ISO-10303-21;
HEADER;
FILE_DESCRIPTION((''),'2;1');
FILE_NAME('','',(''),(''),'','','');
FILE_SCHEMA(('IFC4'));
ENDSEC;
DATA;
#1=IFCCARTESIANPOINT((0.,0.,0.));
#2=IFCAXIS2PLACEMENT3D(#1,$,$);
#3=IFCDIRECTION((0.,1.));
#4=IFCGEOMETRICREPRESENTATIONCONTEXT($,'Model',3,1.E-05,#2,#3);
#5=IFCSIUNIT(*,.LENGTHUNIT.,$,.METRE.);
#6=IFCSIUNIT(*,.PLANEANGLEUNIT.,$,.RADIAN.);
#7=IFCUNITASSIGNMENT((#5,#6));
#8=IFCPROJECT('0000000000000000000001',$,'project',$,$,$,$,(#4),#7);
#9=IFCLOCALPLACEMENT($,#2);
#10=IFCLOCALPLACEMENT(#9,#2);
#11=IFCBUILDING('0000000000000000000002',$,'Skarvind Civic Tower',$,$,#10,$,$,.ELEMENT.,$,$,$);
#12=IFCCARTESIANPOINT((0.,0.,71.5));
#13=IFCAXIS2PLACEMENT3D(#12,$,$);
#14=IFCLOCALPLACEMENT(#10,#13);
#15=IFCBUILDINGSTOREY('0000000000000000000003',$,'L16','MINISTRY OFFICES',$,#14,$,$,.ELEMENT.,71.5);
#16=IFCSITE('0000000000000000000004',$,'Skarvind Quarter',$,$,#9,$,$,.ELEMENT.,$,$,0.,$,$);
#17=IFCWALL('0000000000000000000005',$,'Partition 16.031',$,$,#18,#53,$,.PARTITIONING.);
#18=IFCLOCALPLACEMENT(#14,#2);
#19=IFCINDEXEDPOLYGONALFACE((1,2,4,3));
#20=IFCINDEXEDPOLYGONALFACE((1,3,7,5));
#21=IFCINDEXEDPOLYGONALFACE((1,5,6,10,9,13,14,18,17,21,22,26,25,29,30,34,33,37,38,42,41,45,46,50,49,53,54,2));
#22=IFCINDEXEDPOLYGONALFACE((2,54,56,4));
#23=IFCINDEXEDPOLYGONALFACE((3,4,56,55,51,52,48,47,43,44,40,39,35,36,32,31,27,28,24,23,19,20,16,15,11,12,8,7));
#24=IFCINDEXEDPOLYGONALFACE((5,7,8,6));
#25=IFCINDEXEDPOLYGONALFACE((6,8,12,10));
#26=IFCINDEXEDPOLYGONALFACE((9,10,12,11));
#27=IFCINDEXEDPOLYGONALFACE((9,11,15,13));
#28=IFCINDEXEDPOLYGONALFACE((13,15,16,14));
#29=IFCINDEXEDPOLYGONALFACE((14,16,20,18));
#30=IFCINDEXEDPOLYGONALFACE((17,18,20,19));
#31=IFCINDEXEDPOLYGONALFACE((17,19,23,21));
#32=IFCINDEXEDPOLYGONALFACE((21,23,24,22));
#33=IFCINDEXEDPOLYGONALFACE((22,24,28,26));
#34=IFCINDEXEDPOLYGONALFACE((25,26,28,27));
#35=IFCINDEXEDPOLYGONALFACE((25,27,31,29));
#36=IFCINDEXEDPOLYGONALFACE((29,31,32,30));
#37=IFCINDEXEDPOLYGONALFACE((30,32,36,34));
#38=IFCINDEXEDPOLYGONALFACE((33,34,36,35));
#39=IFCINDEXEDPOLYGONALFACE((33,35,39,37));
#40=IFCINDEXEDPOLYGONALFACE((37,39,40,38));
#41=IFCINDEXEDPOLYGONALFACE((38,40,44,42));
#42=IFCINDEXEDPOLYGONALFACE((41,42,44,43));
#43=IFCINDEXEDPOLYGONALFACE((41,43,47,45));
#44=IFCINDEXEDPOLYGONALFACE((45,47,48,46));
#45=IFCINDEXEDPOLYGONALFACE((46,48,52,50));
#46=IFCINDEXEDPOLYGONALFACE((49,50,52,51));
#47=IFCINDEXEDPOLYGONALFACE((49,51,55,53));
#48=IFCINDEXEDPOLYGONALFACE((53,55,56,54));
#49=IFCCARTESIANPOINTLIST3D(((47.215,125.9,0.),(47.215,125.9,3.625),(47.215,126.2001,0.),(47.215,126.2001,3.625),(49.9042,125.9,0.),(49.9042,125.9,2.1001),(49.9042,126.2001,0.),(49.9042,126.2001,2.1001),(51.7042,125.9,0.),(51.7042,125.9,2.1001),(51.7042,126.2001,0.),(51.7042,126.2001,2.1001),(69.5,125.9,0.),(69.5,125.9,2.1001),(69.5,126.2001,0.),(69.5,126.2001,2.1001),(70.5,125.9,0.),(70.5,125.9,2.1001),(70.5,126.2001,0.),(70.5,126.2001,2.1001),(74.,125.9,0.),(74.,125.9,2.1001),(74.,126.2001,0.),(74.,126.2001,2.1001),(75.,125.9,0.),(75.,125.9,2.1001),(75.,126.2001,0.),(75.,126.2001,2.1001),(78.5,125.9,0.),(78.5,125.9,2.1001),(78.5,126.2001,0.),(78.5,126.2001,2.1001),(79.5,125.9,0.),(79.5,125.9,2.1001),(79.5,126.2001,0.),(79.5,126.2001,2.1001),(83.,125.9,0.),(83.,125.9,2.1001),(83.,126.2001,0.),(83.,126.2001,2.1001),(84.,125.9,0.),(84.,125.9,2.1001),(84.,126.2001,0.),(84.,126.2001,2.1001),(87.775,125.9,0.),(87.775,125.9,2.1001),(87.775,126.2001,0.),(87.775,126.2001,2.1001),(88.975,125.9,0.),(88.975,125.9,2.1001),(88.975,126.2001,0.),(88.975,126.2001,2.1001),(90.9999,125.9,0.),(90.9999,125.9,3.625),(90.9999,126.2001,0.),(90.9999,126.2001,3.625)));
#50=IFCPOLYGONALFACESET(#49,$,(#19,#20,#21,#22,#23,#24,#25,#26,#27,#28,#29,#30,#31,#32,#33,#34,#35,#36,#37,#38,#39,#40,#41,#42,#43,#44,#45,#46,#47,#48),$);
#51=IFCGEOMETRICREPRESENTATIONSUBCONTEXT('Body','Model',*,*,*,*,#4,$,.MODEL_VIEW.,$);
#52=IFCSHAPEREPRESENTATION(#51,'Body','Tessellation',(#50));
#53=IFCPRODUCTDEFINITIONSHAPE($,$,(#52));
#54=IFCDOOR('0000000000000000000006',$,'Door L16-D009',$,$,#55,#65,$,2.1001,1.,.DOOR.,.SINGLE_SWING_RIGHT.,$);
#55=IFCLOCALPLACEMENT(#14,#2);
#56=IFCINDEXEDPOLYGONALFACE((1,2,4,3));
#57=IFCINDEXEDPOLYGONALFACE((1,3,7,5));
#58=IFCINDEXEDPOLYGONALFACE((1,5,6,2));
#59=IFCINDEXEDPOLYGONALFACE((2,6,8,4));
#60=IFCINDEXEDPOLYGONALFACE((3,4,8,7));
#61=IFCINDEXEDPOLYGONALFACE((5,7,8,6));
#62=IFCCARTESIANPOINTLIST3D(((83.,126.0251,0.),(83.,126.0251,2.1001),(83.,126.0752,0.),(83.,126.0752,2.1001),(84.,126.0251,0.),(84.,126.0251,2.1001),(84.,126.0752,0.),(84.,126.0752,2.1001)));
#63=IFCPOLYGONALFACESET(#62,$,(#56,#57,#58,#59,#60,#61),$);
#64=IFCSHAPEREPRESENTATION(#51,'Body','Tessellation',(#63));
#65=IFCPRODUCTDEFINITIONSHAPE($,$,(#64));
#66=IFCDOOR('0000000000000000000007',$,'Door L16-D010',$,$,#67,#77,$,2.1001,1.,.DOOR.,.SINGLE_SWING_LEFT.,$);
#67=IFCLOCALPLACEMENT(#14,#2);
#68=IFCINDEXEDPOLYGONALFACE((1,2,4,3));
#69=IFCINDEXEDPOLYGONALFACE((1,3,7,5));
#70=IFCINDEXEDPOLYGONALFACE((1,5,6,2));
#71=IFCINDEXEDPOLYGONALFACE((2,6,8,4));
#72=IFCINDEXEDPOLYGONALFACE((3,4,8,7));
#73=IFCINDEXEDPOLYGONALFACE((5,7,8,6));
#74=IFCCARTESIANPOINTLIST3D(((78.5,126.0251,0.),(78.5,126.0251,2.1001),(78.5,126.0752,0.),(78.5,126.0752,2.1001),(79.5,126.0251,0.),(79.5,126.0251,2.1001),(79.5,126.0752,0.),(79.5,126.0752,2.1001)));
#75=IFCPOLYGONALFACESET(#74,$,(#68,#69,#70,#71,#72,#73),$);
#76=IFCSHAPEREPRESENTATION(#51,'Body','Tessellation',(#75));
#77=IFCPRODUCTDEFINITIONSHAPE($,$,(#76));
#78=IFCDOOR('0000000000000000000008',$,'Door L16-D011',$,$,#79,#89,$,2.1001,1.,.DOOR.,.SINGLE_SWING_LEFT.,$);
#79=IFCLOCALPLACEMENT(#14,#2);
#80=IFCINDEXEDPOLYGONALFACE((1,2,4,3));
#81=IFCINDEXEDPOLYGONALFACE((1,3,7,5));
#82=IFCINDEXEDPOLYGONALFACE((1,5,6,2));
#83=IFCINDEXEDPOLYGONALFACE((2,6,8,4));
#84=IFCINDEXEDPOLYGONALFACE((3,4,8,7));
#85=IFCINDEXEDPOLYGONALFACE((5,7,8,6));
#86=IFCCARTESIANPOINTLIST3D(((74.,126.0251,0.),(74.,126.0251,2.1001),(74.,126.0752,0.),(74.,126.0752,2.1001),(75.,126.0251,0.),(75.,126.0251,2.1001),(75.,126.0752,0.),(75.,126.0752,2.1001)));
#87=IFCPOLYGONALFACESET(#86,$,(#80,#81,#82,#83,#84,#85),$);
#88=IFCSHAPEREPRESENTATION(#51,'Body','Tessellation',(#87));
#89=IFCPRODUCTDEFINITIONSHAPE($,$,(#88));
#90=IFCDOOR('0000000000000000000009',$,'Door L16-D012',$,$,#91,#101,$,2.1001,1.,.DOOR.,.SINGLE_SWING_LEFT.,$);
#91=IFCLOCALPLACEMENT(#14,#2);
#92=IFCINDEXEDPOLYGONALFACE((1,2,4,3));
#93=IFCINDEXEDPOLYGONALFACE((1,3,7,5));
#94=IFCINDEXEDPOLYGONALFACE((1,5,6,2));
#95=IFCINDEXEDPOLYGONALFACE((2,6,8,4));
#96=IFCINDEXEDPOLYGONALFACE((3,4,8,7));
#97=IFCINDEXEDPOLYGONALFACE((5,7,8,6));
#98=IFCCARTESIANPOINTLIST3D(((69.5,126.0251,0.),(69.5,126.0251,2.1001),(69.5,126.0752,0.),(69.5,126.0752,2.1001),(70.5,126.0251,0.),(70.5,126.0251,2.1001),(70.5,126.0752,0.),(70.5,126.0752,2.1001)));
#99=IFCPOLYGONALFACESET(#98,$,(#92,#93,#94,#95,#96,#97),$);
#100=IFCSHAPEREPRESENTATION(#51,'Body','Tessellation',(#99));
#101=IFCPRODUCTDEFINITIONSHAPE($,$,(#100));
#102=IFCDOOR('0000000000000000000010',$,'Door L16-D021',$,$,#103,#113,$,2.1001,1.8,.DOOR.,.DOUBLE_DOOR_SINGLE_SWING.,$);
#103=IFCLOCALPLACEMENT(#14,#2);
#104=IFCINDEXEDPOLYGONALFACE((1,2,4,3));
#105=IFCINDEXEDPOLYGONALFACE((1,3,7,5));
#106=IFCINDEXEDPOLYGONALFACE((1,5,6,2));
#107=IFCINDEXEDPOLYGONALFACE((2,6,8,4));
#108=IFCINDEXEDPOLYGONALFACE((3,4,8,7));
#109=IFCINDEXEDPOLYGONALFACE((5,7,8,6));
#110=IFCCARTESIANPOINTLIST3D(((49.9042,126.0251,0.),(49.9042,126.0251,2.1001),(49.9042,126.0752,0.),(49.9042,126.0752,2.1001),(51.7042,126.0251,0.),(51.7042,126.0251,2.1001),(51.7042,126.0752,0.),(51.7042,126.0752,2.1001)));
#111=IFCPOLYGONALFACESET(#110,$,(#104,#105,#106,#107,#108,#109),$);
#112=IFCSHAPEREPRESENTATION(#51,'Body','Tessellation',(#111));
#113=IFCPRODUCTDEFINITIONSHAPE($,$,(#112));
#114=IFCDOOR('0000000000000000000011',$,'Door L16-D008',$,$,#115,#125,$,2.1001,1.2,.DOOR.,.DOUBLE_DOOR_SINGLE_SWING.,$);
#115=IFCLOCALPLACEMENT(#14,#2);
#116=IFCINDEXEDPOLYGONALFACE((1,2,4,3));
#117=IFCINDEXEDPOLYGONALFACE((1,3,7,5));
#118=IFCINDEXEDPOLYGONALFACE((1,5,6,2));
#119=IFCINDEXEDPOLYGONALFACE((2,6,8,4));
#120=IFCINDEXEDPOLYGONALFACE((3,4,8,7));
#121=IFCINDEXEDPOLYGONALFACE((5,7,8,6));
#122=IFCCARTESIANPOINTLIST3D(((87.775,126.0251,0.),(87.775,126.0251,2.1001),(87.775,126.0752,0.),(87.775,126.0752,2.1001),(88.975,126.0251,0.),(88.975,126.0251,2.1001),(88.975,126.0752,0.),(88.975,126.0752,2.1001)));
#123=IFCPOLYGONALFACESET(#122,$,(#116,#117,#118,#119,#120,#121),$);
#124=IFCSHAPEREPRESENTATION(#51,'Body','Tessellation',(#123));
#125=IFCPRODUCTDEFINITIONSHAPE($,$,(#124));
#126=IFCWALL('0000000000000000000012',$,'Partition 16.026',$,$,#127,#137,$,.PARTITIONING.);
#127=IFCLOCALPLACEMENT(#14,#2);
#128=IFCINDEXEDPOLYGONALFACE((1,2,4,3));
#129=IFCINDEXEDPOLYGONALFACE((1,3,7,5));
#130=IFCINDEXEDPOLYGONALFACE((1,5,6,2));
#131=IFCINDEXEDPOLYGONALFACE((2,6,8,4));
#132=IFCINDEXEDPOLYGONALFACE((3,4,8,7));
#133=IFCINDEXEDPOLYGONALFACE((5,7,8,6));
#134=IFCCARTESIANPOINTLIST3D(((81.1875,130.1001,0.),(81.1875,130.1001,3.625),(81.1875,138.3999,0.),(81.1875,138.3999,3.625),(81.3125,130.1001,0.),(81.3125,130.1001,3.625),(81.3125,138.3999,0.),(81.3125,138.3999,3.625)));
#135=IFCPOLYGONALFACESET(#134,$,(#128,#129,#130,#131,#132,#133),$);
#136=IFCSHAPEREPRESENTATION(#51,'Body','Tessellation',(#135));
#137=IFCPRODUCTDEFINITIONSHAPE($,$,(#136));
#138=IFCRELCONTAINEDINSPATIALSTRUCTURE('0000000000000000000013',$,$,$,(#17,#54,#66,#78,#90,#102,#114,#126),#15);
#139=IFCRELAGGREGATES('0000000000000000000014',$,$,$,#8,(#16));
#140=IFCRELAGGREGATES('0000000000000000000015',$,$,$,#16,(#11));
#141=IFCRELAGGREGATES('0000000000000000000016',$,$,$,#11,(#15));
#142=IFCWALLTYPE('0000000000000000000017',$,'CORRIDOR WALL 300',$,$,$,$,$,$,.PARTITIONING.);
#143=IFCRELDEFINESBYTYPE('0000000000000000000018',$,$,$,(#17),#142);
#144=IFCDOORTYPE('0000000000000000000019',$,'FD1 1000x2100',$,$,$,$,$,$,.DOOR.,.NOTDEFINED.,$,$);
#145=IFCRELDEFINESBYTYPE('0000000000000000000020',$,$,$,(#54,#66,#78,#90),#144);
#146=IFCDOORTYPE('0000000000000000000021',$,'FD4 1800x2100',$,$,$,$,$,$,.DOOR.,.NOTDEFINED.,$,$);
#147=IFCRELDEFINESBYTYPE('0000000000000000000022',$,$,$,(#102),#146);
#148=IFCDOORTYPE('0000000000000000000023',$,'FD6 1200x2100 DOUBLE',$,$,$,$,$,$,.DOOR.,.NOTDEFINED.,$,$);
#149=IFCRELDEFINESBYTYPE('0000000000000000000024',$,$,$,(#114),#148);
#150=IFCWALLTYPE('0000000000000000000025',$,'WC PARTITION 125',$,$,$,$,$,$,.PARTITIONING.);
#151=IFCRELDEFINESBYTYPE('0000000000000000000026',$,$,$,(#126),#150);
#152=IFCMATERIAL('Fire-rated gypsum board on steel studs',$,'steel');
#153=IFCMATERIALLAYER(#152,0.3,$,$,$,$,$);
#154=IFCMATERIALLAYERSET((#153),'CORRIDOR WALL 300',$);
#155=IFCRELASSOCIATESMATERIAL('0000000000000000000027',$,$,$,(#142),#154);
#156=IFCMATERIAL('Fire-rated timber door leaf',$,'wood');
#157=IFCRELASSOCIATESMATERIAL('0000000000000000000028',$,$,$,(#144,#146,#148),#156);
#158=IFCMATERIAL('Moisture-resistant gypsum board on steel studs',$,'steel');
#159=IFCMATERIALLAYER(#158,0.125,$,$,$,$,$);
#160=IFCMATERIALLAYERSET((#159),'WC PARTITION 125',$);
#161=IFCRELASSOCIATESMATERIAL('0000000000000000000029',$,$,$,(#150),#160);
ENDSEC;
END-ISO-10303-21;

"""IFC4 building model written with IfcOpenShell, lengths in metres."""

from ifc_helpers import new_model, si_unit, direction, frame, frame_2d, origin, place, context, subcontext, project, spatial, rectangle, extrude, material, layer, layer_set, type_object, element, fill, save


model = new_model("IFC4")

# Units and contexts
model_context = context("Model", 3, precision=1e-05, world=origin(), true_north=direction((0.0, 1.0)))
body_context = subcontext(model_context, "Body", "Model", "MODEL_VIEW")
ifc_project = project(units=[si_unit("LENGTHUNIT", "METRE"), si_unit("PLANEANGLEUNIT", "RADIAN")], contexts=[model_context])

# Site, building, storey
site_placement = place(None, origin())
site = spatial("IfcSite", under=ifc_project, at=site_placement, Name="Skarvind Quarter", CompositionType="ELEMENT", RefElevation=0.0)
building_placement = place(site_placement, origin())
building = spatial("IfcBuilding", under=site, at=building_placement, Name="Skarvind Civic Tower", CompositionType="ELEMENT")
storey_placement = place(building_placement, frame((0.0, 0.0, 71.5)))
storey = spatial("IfcBuildingStorey", under=building, at=storey_placement, Name="L16", Description="MINISTRY OFFICES", CompositionType="ELEMENT", Elevation=71.5)

# Wall, openings, doors
ifc_material_1 = material(Name="Fire-rated gypsum board on steel studs", Category="steel")
ifc_layer_1 = layer(ifc_material_1, 0.3)
ifc_layer_set_1 = layer_set([ifc_layer_1], Name="CORRIDOR WALL 300")
wall_type_1 = type_object("IfcWallType", Name="CORRIDOR WALL 300", PredefinedType="PARTITIONING", material=ifc_layer_set_1)
wall_1_placement = place(storey_placement, frame((91.0, 126.05, 0.0), z_axis=(0.0, 0.0, 1.0), x_axis=(-1.0, 0.0, 0.0)))
wall_1 = element("IfcWall", 1, at=wall_1_placement, inside=storey, type_object=wall_type_1, Name="Partition 16.031", PredefinedType="PARTITIONING", context=body_context, shape_type="SweptSolid", body=[
    extrude(rectangle(XDim=43.7849, YDim=0.3, at=frame_2d((21.8926, 0.0))), origin(), (0.0, 0.0, 1.0), 3.625),
])
opening_1_placement = place(wall_1_placement, frame((2.0249, 0.0, 0.0)))
opening_1 = element("IfcOpeningElement", 2, at=opening_1_placement, cuts=wall_1, PredefinedType="OPENING", context=body_context, shape_type="SweptSolid", body=[
    extrude(rectangle(XDim=1.2, YDim=2.1001, at=frame_2d((0.6001, 1.05))), frame((0.0, 0.1599, 0.0), z_axis=(0.0, -1.0, 0.0), x_axis=(1.0, 0.0, 0.0)), (0.0, 0.0, 1.0), 0.3201),
])
opening_2_placement = place(wall_1_placement, frame((7.0, 0.0, 0.0)))
opening_2 = element("IfcOpeningElement", 3, at=opening_2_placement, cuts=wall_1, PredefinedType="OPENING", context=body_context, shape_type="SweptSolid", body=[
    extrude(rectangle(XDim=1.0, YDim=2.1001, at=frame_2d((0.5, 1.05))), frame((0.0, 0.1599, 0.0), z_axis=(0.0, -1.0, 0.0), x_axis=(1.0, 0.0, 0.0)), (0.0, 0.0, 1.0), 0.3201),
])
opening_3_placement = place(wall_1_placement, frame((11.5, 0.0, 0.0)))
opening_3 = element("IfcOpeningElement", 4, at=opening_3_placement, cuts=wall_1, PredefinedType="OPENING", context=body_context, shape_type="SweptSolid", body=[
    extrude(rectangle(XDim=1.0, YDim=2.1001, at=frame_2d((0.5, 1.05))), frame((0.0, 0.1599, 0.0), z_axis=(0.0, -1.0, 0.0), x_axis=(1.0, 0.0, 0.0)), (0.0, 0.0, 1.0), 0.3201),
])
opening_4_placement = place(wall_1_placement, frame((16.0, 0.0, 0.0)))
opening_4 = element("IfcOpeningElement", 5, at=opening_4_placement, cuts=wall_1, PredefinedType="OPENING", context=body_context, shape_type="SweptSolid", body=[
    extrude(rectangle(XDim=1.0, YDim=2.1001, at=frame_2d((0.5, 1.05))), frame((0.0, 0.1599, 0.0), z_axis=(0.0, -1.0, 0.0), x_axis=(1.0, 0.0, 0.0)), (0.0, 0.0, 1.0), 0.3201),
])
opening_5_placement = place(wall_1_placement, frame((20.5, 0.0, 0.0)))
opening_5 = element("IfcOpeningElement", 6, at=opening_5_placement, cuts=wall_1, PredefinedType="OPENING", context=body_context, shape_type="SweptSolid", body=[
    extrude(rectangle(XDim=1.0, YDim=2.1001, at=frame_2d((0.5, 1.05))), frame((0.0, 0.1599, 0.0), z_axis=(0.0, -1.0, 0.0), x_axis=(1.0, 0.0, 0.0)), (0.0, 0.0, 1.0), 0.3201),
])
opening_6_placement = place(wall_1_placement, frame((39.2959, 0.0, 0.0)))
opening_6 = element("IfcOpeningElement", 7, at=opening_6_placement, cuts=wall_1, PredefinedType="OPENING", context=body_context, shape_type="SweptSolid", body=[
    extrude(rectangle(XDim=1.8, YDim=2.1001, at=frame_2d((0.8999, 1.05))), frame((0.0, 0.1599, 0.0), z_axis=(0.0, -1.0, 0.0), x_axis=(1.0, 0.0, 0.0)), (0.0, 0.0, 1.0), 0.3201),
])
ifc_material_2 = material(Name="Fire-rated timber door leaf", Category="wood")
door_type_1 = type_object("IfcDoorType", Name="FD1 1000x2100", OperationType="NOTDEFINED", PredefinedType="DOOR", material=ifc_material_2)
door_1_placement = place(opening_2_placement, origin())
door_1 = element("IfcDoor", 8, at=door_1_placement, inside=storey, type_object=door_type_1, Name="Door L16-D009", OperationType="SINGLE_SWING_RIGHT", OverallHeight=2.1001, OverallWidth=1.0, PredefinedType="DOOR", context=body_context, shape_type="SweptSolid", body=[
    extrude(rectangle(XDim=1.0, YDim=2.1001, at=frame_2d((0.5, 1.05))), frame((0.0, 0.0249, 0.0), z_axis=(0.0, -1.0, 0.0), x_axis=(1.0, 0.0, 0.0)), (0.0, 0.0, 1.0), 0.05),
])
fill(opening_2, door_1)
door_2_placement = place(opening_3_placement, origin())
door_2 = element("IfcDoor", 9, at=door_2_placement, inside=storey, type_object=door_type_1, Name="Door L16-D010", OperationType="SINGLE_SWING_LEFT", OverallHeight=2.1001, OverallWidth=1.0, PredefinedType="DOOR", context=body_context, shape_type="SweptSolid", body=[
    extrude(rectangle(XDim=1.0, YDim=2.1001, at=frame_2d((0.5, 1.05))), frame((0.0, 0.0249, 0.0), z_axis=(0.0, -1.0, 0.0), x_axis=(1.0, 0.0, 0.0)), (0.0, 0.0, 1.0), 0.05),
])
fill(opening_3, door_2)
door_3_placement = place(opening_4_placement, origin())
door_3 = element("IfcDoor", 10, at=door_3_placement, inside=storey, type_object=door_type_1, Name="Door L16-D011", OperationType="SINGLE_SWING_LEFT", OverallHeight=2.1001, OverallWidth=1.0, PredefinedType="DOOR", context=body_context, shape_type="SweptSolid", body=[
    extrude(rectangle(XDim=1.0, YDim=2.1001, at=frame_2d((0.5, 1.05))), frame((0.0, 0.0249, 0.0), z_axis=(0.0, -1.0, 0.0), x_axis=(1.0, 0.0, 0.0)), (0.0, 0.0, 1.0), 0.05),
])
fill(opening_4, door_3)
door_4_placement = place(opening_5_placement, origin())
door_4 = element("IfcDoor", 11, at=door_4_placement, inside=storey, type_object=door_type_1, Name="Door L16-D012", OperationType="SINGLE_SWING_LEFT", OverallHeight=2.1001, OverallWidth=1.0, PredefinedType="DOOR", context=body_context, shape_type="SweptSolid", body=[
    extrude(rectangle(XDim=1.0, YDim=2.1001, at=frame_2d((0.5, 1.05))), frame((0.0, 0.0249, 0.0), z_axis=(0.0, -1.0, 0.0), x_axis=(1.0, 0.0, 0.0)), (0.0, 0.0, 1.0), 0.05),
])
fill(opening_5, door_4)
door_type_2 = type_object("IfcDoorType", Name="FD4 1800x2100", OperationType="NOTDEFINED", PredefinedType="DOOR", material=ifc_material_2)
door_5_placement = place(opening_6_placement, origin())
door_5 = element("IfcDoor", 12, at=door_5_placement, inside=storey, type_object=door_type_2, Name="Door L16-D021", OperationType="DOUBLE_DOOR_SINGLE_SWING", OverallHeight=2.1001, OverallWidth=1.8, PredefinedType="DOOR", context=body_context, shape_type="SweptSolid", body=[
    extrude(rectangle(XDim=1.8, YDim=2.1001, at=frame_2d((0.8999, 1.05))), frame((0.0, 0.0249, 0.0), z_axis=(0.0, -1.0, 0.0), x_axis=(1.0, 0.0, 0.0)), (0.0, 0.0, 1.0), 0.05),
])
fill(opening_6, door_5)
door_type_3 = type_object("IfcDoorType", Name="FD6 1200x2100 DOUBLE", OperationType="NOTDEFINED", PredefinedType="DOOR", material=ifc_material_2)
door_6_placement = place(opening_1_placement, origin())
door_6 = element("IfcDoor", 13, at=door_6_placement, inside=storey, type_object=door_type_3, Name="Door L16-D008", OperationType="DOUBLE_DOOR_SINGLE_SWING", OverallHeight=2.1001, OverallWidth=1.2, PredefinedType="DOOR", context=body_context, shape_type="SweptSolid", body=[
    extrude(rectangle(XDim=1.2, YDim=2.1001, at=frame_2d((0.6001, 1.05))), frame((0.0, 0.0249, 0.0), z_axis=(0.0, -1.0, 0.0), x_axis=(1.0, 0.0, 0.0)), (0.0, 0.0, 1.0), 0.05),
])
fill(opening_1, door_6)

# Wall
ifc_material_3 = material(Name="Moisture-resistant gypsum board on steel studs", Category="steel")
ifc_layer_2 = layer(ifc_material_3, 0.125)
ifc_layer_set_2 = layer_set([ifc_layer_2], Name="WC PARTITION 125")
wall_type_2 = type_object("IfcWallType", Name="WC PARTITION 125", PredefinedType="PARTITIONING", material=ifc_layer_set_2)
wall_2_placement = place(storey_placement, frame((81.25, 130.1001, 0.0), z_axis=(0.0, 0.0, 1.0), x_axis=(0.0, 1.0, 0.0)))
element("IfcWall", 14, at=wall_2_placement, inside=storey, type_object=wall_type_2, Name="Partition 16.026", PredefinedType="PARTITIONING", context=body_context, shape_type="SweptSolid", body=[
    extrude(rectangle(XDim=8.2998, YDim=0.125, at=frame_2d((4.1499, 0.0))), origin(), (0.0, 0.0, 1.0), 3.625),
])

save(model, "model.ifc")
